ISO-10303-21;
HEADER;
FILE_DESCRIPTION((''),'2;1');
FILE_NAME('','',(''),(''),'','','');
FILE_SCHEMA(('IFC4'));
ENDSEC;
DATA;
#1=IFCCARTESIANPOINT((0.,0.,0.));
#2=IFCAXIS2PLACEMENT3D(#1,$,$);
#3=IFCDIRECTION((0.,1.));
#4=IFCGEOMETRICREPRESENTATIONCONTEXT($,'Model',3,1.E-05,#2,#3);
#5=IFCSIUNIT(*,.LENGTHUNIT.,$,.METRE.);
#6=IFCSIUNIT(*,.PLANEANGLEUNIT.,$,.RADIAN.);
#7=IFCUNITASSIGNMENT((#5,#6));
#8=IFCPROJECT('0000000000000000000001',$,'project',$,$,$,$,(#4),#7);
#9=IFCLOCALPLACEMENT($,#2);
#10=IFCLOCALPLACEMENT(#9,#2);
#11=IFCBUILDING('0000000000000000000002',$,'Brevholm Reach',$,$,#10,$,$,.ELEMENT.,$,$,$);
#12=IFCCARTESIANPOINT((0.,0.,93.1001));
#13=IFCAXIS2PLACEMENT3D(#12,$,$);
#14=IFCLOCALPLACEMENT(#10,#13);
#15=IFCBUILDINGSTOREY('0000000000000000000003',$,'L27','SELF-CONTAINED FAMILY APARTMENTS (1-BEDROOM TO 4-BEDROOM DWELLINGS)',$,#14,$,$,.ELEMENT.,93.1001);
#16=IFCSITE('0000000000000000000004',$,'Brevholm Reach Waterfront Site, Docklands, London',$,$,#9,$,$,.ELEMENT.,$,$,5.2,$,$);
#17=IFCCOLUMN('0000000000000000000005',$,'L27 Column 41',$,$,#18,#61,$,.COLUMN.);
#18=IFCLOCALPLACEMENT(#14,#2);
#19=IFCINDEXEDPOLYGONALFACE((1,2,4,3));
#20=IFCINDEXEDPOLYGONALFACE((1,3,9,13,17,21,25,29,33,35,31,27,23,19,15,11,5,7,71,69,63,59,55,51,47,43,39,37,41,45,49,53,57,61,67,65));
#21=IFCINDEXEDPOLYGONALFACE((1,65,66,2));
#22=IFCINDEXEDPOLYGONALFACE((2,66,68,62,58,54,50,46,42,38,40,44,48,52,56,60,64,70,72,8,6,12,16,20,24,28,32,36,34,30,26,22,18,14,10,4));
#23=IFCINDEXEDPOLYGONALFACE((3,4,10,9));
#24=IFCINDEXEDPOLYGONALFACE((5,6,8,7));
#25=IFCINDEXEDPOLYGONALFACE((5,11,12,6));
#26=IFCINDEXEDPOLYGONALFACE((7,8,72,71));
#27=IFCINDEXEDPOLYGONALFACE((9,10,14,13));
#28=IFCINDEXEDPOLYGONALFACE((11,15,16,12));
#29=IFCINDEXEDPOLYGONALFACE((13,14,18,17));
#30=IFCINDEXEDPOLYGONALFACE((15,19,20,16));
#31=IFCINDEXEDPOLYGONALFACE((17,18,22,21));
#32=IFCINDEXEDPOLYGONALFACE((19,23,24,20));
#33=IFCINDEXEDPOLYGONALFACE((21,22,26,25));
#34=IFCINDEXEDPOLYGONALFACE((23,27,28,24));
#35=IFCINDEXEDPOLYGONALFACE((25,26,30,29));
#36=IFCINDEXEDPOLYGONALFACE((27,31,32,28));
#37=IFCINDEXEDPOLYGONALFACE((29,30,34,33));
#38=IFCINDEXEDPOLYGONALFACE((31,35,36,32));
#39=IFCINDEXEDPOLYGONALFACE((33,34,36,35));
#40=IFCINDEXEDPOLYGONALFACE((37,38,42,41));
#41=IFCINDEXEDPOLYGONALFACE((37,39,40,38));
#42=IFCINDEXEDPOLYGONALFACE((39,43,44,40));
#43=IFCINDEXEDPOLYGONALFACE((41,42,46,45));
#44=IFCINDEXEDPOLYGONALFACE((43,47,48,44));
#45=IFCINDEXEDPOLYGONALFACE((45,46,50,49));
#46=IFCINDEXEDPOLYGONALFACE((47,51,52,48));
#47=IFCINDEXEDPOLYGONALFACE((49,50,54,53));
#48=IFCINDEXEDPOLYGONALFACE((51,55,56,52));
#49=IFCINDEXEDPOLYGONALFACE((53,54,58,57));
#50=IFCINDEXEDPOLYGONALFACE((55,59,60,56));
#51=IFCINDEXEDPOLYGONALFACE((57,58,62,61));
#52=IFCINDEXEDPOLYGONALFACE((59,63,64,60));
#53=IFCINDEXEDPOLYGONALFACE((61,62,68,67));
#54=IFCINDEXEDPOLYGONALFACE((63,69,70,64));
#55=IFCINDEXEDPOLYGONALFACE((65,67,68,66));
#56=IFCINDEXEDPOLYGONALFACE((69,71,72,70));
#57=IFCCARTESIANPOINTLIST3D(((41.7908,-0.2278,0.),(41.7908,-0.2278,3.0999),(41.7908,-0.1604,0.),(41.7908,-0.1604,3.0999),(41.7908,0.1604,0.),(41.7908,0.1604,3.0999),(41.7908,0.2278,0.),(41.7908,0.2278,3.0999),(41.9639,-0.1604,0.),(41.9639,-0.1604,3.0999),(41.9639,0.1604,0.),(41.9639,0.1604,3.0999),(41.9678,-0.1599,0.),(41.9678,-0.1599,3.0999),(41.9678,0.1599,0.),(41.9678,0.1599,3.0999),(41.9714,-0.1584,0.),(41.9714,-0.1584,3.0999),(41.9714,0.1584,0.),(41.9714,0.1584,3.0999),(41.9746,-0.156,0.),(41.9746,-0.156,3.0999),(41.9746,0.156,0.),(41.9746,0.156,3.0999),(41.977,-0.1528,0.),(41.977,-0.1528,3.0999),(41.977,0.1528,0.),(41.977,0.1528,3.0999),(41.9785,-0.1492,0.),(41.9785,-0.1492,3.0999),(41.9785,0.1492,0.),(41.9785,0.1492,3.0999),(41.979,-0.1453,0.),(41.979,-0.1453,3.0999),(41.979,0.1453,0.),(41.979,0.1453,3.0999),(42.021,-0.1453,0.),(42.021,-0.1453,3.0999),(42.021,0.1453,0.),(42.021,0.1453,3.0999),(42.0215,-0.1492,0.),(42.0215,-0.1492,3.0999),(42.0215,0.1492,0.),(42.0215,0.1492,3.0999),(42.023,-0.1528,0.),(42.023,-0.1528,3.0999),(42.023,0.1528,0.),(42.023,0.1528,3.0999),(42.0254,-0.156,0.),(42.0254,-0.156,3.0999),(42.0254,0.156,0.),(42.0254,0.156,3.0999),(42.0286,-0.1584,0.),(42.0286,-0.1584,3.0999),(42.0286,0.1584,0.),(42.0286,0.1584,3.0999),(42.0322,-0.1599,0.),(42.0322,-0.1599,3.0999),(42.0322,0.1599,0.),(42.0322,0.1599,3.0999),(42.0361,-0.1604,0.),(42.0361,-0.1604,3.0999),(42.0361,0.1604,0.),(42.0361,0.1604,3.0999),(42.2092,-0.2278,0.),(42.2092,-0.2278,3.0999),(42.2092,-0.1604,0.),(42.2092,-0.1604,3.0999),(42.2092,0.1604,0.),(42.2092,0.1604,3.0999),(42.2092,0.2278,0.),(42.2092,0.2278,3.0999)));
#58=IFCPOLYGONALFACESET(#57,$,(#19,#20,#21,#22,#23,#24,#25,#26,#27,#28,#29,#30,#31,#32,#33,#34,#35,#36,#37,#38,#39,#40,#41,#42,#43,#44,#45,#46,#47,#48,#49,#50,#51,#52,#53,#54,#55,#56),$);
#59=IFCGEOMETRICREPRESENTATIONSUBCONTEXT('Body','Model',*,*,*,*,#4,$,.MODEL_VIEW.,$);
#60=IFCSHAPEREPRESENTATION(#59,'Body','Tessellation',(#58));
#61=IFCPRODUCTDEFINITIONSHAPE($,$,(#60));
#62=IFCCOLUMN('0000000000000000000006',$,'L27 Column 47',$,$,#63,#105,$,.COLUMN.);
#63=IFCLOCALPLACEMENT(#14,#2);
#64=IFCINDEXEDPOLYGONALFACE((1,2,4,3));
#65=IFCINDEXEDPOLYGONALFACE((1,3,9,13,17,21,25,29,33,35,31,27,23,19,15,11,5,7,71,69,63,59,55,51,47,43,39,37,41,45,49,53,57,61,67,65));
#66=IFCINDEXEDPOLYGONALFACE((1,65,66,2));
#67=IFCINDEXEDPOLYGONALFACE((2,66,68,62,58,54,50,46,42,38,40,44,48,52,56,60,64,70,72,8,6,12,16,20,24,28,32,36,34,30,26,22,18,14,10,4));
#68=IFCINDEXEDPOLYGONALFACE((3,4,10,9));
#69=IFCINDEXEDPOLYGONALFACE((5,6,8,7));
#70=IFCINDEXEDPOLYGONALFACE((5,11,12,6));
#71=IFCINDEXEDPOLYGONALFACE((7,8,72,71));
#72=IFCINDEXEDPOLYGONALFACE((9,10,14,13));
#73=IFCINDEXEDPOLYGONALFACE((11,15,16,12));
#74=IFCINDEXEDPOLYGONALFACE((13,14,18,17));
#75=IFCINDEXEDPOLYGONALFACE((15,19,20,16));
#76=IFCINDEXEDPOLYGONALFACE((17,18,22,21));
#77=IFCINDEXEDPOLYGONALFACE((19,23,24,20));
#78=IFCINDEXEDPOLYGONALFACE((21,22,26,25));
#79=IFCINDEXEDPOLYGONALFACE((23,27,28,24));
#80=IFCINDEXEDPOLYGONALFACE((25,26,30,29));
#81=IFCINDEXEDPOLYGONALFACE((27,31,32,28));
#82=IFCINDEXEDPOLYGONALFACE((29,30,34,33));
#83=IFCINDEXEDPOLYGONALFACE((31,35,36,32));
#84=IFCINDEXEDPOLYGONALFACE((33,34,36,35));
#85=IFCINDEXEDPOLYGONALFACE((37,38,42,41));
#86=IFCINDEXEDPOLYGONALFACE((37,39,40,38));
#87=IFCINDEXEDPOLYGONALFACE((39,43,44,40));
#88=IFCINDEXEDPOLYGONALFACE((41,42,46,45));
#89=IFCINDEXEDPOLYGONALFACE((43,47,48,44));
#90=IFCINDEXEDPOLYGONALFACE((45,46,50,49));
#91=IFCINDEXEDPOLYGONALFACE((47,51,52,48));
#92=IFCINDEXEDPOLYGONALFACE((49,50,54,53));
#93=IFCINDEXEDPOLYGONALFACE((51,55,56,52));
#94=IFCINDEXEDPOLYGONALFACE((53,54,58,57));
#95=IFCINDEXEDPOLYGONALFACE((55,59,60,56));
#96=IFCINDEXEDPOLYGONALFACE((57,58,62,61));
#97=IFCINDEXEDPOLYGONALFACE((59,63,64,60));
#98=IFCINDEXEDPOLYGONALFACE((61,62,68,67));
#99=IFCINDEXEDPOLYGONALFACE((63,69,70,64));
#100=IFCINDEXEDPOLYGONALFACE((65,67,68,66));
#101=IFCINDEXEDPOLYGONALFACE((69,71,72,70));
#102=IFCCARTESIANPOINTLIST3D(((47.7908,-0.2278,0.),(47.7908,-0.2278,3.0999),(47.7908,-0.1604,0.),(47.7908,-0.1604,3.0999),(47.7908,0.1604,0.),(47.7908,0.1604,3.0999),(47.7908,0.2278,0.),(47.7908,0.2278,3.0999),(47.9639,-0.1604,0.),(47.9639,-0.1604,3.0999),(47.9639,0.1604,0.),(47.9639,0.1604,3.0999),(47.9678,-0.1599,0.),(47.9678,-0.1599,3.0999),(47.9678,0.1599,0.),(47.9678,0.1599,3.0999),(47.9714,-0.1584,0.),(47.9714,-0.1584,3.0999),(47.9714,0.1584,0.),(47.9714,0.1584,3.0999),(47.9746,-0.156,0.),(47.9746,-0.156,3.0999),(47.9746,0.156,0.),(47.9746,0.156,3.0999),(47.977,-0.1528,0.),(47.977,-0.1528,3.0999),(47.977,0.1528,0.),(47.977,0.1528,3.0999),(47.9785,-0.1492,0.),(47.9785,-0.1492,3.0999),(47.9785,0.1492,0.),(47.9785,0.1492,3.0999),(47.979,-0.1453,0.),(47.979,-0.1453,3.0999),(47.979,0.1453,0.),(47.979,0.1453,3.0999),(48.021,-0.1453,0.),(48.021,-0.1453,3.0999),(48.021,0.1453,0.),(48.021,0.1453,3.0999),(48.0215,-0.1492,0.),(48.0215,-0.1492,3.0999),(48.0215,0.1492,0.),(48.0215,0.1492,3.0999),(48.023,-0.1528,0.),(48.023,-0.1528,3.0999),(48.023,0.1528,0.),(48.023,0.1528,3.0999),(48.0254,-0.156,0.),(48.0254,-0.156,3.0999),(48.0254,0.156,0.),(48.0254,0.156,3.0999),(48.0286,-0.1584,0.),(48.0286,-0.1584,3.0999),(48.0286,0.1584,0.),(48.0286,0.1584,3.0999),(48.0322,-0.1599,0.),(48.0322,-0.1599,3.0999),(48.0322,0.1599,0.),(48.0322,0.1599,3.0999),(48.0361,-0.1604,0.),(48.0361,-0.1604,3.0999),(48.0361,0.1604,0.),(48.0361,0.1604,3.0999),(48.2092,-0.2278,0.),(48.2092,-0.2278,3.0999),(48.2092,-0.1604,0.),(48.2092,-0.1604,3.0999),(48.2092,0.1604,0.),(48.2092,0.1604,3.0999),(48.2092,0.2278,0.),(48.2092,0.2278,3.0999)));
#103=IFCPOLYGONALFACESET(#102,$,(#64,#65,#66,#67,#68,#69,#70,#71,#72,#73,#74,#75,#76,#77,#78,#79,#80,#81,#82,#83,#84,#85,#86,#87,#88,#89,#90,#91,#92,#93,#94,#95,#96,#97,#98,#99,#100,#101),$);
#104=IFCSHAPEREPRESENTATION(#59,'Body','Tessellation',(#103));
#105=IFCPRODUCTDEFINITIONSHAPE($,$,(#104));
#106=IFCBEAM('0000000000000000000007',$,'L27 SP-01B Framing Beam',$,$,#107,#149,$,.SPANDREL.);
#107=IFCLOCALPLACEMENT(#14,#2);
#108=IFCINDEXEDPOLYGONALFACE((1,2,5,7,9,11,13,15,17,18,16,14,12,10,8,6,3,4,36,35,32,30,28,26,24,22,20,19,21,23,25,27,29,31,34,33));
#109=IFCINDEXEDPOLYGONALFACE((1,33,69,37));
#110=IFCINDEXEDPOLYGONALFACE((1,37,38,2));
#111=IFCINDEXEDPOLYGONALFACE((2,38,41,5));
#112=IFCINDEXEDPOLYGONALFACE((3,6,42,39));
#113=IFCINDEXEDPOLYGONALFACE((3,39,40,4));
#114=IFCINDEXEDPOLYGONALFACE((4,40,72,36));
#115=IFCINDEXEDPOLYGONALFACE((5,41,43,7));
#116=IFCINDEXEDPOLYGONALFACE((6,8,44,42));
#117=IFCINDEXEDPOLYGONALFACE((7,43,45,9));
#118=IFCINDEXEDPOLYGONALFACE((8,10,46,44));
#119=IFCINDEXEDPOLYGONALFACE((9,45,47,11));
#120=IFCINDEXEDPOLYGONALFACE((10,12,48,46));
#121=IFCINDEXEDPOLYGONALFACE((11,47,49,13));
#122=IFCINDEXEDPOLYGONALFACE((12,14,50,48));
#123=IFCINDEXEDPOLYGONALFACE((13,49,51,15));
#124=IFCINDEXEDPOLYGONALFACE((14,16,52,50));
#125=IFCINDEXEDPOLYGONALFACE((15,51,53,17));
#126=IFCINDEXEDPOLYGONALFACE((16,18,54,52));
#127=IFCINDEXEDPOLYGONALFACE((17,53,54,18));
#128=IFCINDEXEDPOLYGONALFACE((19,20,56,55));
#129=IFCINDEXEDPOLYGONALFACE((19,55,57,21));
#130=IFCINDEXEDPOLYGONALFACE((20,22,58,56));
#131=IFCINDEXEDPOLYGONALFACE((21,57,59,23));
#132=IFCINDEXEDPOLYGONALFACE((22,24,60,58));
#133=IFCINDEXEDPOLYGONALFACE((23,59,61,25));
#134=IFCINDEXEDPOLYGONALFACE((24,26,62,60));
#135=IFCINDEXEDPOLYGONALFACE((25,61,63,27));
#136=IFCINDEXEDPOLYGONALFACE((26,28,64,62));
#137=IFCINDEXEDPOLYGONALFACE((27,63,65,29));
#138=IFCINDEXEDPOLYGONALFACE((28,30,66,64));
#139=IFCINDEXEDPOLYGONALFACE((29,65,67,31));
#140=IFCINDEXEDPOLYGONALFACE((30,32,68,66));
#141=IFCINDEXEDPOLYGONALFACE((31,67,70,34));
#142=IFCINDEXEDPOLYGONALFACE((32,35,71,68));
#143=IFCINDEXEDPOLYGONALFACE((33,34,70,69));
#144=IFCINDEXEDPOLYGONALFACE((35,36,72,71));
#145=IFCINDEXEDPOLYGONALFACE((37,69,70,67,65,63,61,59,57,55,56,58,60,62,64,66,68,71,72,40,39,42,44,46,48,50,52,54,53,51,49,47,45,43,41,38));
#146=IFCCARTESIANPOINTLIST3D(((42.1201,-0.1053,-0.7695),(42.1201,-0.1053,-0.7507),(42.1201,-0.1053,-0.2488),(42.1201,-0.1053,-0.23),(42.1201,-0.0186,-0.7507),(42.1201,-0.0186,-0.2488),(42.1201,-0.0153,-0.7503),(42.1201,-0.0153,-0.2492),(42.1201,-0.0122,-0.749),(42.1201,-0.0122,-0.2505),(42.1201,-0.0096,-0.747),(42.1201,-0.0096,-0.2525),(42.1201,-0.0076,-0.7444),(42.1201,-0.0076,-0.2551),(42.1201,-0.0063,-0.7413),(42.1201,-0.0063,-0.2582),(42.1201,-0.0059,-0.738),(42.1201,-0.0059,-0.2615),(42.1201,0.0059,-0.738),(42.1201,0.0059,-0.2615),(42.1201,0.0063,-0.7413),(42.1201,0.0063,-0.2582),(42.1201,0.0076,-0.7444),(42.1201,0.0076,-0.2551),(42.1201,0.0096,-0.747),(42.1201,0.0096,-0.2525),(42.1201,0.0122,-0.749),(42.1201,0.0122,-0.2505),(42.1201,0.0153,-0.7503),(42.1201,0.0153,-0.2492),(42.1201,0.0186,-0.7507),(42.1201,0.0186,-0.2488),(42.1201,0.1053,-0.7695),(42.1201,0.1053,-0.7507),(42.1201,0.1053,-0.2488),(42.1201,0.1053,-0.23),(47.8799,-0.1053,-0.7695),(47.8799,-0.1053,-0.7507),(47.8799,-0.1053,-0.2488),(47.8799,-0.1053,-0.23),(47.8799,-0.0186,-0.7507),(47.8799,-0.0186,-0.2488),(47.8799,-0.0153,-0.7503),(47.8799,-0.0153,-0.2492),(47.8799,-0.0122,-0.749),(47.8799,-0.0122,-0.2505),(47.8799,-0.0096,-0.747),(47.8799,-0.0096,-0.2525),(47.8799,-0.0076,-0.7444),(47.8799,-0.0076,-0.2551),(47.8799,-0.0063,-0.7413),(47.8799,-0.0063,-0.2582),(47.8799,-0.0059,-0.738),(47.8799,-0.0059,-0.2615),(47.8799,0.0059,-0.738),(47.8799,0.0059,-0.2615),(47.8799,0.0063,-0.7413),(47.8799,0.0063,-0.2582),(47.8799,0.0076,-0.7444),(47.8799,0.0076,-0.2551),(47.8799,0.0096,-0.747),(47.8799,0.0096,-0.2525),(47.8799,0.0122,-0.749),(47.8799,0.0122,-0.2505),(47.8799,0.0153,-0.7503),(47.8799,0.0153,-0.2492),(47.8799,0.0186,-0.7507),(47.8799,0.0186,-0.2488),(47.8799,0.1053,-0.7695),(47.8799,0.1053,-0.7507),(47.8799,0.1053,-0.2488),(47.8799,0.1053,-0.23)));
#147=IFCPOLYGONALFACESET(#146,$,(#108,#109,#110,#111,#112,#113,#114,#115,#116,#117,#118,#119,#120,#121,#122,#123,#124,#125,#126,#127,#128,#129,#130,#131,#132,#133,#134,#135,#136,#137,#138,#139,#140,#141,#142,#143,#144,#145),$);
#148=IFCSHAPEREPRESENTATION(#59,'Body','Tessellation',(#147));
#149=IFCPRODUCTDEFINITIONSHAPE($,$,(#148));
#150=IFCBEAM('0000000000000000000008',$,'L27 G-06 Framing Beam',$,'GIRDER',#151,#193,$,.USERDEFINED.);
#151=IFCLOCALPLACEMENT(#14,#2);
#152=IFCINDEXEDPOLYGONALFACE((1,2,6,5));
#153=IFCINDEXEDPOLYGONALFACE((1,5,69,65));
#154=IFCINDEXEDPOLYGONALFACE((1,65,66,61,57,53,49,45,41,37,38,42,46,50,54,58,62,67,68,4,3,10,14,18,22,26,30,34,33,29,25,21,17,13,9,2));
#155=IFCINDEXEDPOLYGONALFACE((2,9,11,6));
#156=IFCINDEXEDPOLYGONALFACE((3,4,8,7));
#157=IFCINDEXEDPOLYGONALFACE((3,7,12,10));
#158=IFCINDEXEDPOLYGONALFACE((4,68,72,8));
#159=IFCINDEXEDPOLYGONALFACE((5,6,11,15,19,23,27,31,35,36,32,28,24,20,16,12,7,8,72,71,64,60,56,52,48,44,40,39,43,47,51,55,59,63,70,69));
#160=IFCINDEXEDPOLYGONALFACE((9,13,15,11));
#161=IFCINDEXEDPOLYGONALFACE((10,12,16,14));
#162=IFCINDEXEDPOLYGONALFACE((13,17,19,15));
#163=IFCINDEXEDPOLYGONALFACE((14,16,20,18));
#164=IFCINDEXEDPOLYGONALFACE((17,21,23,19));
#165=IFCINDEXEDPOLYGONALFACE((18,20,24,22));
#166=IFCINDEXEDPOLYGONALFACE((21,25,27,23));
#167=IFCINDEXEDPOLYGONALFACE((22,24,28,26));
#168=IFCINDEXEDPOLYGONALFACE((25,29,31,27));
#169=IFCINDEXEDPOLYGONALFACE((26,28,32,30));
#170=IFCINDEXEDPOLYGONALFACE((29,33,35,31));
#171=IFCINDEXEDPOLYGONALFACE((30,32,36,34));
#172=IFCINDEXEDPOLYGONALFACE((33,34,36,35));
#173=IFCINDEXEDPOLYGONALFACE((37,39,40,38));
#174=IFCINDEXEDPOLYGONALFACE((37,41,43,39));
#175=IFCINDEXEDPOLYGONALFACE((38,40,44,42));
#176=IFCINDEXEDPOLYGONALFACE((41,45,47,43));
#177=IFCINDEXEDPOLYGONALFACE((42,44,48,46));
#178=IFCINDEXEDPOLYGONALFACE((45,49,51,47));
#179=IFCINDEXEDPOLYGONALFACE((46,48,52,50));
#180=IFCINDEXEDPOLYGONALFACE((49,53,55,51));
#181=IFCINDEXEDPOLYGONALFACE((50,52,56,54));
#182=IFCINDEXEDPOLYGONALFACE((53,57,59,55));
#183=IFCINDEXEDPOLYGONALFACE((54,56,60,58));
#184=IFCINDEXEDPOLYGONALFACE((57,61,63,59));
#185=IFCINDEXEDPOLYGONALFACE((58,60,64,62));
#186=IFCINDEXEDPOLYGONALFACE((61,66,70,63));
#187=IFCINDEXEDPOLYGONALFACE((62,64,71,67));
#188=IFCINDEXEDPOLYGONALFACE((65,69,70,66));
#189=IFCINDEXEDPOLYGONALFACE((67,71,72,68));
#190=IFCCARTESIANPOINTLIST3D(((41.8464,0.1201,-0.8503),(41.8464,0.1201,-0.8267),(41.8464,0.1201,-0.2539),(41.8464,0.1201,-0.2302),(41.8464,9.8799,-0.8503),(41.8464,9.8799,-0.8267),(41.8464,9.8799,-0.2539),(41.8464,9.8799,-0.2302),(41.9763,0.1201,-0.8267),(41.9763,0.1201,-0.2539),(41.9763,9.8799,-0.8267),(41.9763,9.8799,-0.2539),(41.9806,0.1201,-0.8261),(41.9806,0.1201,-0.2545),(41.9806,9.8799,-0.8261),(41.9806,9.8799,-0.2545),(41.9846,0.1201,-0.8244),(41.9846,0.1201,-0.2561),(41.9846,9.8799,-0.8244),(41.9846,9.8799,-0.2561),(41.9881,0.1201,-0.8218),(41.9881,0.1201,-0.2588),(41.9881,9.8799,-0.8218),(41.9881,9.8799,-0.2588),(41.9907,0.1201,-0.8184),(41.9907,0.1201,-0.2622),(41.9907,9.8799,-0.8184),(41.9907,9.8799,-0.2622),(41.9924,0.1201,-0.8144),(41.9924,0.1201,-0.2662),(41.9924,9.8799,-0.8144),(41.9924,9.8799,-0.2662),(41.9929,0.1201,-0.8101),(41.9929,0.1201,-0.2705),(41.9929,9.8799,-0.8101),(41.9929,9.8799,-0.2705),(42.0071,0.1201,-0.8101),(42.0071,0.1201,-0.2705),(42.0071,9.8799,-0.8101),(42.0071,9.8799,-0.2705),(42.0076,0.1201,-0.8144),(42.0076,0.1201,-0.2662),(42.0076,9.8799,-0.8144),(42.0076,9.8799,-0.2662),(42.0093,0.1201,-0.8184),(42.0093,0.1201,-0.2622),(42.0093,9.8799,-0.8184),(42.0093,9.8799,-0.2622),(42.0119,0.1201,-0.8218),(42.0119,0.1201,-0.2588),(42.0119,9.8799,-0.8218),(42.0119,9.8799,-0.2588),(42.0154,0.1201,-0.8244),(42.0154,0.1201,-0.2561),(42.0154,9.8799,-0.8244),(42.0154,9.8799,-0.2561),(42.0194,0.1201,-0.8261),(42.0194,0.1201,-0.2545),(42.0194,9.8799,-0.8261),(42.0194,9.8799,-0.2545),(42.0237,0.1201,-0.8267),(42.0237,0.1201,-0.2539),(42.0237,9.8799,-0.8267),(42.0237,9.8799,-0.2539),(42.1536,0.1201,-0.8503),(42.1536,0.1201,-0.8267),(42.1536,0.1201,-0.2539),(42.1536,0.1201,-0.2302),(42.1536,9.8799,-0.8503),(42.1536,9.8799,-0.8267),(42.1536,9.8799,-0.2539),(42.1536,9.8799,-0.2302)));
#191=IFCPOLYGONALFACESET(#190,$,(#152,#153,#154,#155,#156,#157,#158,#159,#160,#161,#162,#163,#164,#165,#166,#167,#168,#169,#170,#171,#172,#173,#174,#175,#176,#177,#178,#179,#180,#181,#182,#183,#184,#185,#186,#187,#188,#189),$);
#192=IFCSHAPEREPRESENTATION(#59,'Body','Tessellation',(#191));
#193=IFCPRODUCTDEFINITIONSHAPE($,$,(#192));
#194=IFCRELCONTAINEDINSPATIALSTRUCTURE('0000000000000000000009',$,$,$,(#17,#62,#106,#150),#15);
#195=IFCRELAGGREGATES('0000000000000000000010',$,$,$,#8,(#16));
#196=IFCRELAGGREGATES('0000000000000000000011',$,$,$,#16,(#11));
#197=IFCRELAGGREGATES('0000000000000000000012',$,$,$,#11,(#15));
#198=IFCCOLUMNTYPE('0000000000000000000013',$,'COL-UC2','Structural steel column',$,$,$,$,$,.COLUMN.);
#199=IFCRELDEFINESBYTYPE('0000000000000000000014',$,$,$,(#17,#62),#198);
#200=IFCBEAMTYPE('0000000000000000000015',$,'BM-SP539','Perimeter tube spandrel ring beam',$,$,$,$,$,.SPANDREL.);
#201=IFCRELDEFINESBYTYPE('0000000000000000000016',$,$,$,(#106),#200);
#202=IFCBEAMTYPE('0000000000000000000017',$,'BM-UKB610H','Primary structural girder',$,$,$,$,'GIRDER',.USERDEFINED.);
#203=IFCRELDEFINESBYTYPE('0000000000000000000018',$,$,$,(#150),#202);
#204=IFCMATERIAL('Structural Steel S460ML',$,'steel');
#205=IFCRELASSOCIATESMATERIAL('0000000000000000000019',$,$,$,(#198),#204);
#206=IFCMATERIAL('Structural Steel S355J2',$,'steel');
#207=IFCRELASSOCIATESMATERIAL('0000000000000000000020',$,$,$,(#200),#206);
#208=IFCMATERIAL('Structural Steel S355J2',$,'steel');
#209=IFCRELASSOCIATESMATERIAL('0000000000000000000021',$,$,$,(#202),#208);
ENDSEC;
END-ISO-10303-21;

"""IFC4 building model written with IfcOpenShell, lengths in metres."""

from ifc_helpers import new_model, si_unit, direction, frame, origin, origin_2d, place, context, subcontext, project, spatial, i_section, extrude, material, material_profile, profile_set, type_object, element, save


model = new_model("IFC4")

# Units and contexts
model_context = context("Model", 3, precision=1e-05, world=origin(), true_north=direction((0.0, 1.0)))
body_context = subcontext(model_context, "Body", "Model", "MODEL_VIEW")
ifc_project = project(units=[si_unit("LENGTHUNIT", "METRE"), si_unit("PLANEANGLEUNIT", "RADIAN")], contexts=[model_context])

# Site, building, storey
site_placement = place(None, origin())
site = spatial("IfcSite", under=ifc_project, at=site_placement, Name="Brevholm Reach Waterfront Site, Docklands, London", CompositionType="ELEMENT", RefElevation=5.2)
building_placement = place(site_placement, origin())
building = spatial("IfcBuilding", under=site, at=building_placement, Name="Brevholm Reach", CompositionType="ELEMENT")
storey_placement = place(building_placement, frame((0.0, 0.0, 93.1001)))
storey = spatial("IfcBuildingStorey", under=building, at=storey_placement, Name="L27", Description="SELF-CONTAINED FAMILY APARTMENTS (1-BEDROOM TO 4-BEDROOM DWELLINGS)", CompositionType="ELEMENT", Elevation=93.1001)

# Columns
ifc_material_1 = material(Name="Structural Steel S460ML", Category="steel")
ifc_material_profile_1 = material_profile(ifc_material_1, i_section(OverallWidth=0.4185, OverallDepth=0.4556, WebThickness=0.042, FlangeThickness=0.0674, FilletRadius=0.0151, at=origin_2d()), Name="UKC 356x406x551")
ifc_profile_set_1 = profile_set([ifc_material_profile_1], Name="Structural Steel S460ML")
column_type = type_object("IfcColumnType", Name="COL-UC2", Description="Structural steel column", PredefinedType="COLUMN", material=ifc_profile_set_1)
for number, where, z_axis, x_axis, name in (
    (1, (42.0, 0.0, 0.0), (0.0, 0.0, 1.0), (1.0, 0.0, 0.0), "L27 Column 41"),
    (2, (48.0, 0.0, 0.0), (0.0, 0.0, 1.0), (1.0, 0.0, 0.0), "L27 Column 47"),
):
    element("IfcColumn", number, at=place(storey_placement, frame(where, z_axis=z_axis, x_axis=x_axis)), inside=storey, type_object=column_type, Name=name, PredefinedType="COLUMN", context=body_context, shape_type="SweptSolid", body=[
        extrude(i_section(OverallWidth=0.4185, OverallDepth=0.4556, WebThickness=0.042, FlangeThickness=0.0674, FilletRadius=0.0151, at=origin_2d()), origin(), (0.0, 0.0, 1.0), 3.0999),
    ])

# Beams
ifc_material_2 = material(Name="Structural Steel S355J2", Category="steel")
ifc_material_profile_2 = material_profile(ifc_material_2, i_section(OverallWidth=0.2107, OverallDepth=0.5396, WebThickness=0.0117, FlangeThickness=0.0188, FilletRadius=0.0127, at=origin_2d()), Name="UKB 533x210x109")
ifc_profile_set_2 = profile_set([ifc_material_profile_2], Name="Structural Steel S355J2")
beam_type_1 = type_object("IfcBeamType", Name="BM-SP539", Description="Perimeter tube spandrel ring beam", PredefinedType="SPANDREL", material=ifc_profile_set_2)
beam_placement = place(storey_placement, frame((42.1201, 0.0, -0.4998), z_axis=(1.0, 0.0, 0.0), x_axis=(0.0, 1.0, 0.0)))
element("IfcBeam", 3, at=beam_placement, inside=storey, type_object=beam_type_1, Name="L27 SP-01B Framing Beam", PredefinedType="SPANDREL", context=body_context, shape_type="SweptSolid", body=[
    extrude(i_section(OverallWidth=0.2107, OverallDepth=0.5396, WebThickness=0.0117, FlangeThickness=0.0188, FilletRadius=0.0127, at=origin_2d()), origin(), (0.0, 0.0, 1.0), 5.7598),
])
ifc_material_3 = material(Name="Structural Steel S355J2", Category="steel")
ifc_material_profile_3 = material_profile(ifc_material_3, i_section(OverallWidth=0.3071, OverallDepth=0.6201, WebThickness=0.0142, FlangeThickness=0.0237, FilletRadius=0.0166, at=origin_2d()), Name="UKB 610x305x179")
ifc_profile_set_3 = profile_set([ifc_material_profile_3], Name="Structural Steel S355J2")
beam_type_2 = type_object("IfcBeamType", Name="BM-UKB610H", Description="Primary structural girder", ElementType="GIRDER", PredefinedType="USERDEFINED", material=ifc_profile_set_3)
for number, where, z_axis, x_axis, name in (
    (4, (42.0, 0.1201, -0.5403), (0.0, 1.0, 0.0), (-1.0, 0.0, 0.0), "L27 G-06 Framing Beam"),
):
    element("IfcBeam", number, at=place(storey_placement, frame(where, z_axis=z_axis, x_axis=x_axis)), inside=storey, type_object=beam_type_2, Name=name, ObjectType="GIRDER", PredefinedType="USERDEFINED", context=body_context, shape_type="SweptSolid", body=[
        extrude(i_section(OverallWidth=0.3071, OverallDepth=0.6201, WebThickness=0.0142, FlangeThickness=0.0237, FilletRadius=0.0166, at=origin_2d()), origin(), (0.0, 0.0, 1.0), 9.7598),
    ])

save(model, "model.ifc")
